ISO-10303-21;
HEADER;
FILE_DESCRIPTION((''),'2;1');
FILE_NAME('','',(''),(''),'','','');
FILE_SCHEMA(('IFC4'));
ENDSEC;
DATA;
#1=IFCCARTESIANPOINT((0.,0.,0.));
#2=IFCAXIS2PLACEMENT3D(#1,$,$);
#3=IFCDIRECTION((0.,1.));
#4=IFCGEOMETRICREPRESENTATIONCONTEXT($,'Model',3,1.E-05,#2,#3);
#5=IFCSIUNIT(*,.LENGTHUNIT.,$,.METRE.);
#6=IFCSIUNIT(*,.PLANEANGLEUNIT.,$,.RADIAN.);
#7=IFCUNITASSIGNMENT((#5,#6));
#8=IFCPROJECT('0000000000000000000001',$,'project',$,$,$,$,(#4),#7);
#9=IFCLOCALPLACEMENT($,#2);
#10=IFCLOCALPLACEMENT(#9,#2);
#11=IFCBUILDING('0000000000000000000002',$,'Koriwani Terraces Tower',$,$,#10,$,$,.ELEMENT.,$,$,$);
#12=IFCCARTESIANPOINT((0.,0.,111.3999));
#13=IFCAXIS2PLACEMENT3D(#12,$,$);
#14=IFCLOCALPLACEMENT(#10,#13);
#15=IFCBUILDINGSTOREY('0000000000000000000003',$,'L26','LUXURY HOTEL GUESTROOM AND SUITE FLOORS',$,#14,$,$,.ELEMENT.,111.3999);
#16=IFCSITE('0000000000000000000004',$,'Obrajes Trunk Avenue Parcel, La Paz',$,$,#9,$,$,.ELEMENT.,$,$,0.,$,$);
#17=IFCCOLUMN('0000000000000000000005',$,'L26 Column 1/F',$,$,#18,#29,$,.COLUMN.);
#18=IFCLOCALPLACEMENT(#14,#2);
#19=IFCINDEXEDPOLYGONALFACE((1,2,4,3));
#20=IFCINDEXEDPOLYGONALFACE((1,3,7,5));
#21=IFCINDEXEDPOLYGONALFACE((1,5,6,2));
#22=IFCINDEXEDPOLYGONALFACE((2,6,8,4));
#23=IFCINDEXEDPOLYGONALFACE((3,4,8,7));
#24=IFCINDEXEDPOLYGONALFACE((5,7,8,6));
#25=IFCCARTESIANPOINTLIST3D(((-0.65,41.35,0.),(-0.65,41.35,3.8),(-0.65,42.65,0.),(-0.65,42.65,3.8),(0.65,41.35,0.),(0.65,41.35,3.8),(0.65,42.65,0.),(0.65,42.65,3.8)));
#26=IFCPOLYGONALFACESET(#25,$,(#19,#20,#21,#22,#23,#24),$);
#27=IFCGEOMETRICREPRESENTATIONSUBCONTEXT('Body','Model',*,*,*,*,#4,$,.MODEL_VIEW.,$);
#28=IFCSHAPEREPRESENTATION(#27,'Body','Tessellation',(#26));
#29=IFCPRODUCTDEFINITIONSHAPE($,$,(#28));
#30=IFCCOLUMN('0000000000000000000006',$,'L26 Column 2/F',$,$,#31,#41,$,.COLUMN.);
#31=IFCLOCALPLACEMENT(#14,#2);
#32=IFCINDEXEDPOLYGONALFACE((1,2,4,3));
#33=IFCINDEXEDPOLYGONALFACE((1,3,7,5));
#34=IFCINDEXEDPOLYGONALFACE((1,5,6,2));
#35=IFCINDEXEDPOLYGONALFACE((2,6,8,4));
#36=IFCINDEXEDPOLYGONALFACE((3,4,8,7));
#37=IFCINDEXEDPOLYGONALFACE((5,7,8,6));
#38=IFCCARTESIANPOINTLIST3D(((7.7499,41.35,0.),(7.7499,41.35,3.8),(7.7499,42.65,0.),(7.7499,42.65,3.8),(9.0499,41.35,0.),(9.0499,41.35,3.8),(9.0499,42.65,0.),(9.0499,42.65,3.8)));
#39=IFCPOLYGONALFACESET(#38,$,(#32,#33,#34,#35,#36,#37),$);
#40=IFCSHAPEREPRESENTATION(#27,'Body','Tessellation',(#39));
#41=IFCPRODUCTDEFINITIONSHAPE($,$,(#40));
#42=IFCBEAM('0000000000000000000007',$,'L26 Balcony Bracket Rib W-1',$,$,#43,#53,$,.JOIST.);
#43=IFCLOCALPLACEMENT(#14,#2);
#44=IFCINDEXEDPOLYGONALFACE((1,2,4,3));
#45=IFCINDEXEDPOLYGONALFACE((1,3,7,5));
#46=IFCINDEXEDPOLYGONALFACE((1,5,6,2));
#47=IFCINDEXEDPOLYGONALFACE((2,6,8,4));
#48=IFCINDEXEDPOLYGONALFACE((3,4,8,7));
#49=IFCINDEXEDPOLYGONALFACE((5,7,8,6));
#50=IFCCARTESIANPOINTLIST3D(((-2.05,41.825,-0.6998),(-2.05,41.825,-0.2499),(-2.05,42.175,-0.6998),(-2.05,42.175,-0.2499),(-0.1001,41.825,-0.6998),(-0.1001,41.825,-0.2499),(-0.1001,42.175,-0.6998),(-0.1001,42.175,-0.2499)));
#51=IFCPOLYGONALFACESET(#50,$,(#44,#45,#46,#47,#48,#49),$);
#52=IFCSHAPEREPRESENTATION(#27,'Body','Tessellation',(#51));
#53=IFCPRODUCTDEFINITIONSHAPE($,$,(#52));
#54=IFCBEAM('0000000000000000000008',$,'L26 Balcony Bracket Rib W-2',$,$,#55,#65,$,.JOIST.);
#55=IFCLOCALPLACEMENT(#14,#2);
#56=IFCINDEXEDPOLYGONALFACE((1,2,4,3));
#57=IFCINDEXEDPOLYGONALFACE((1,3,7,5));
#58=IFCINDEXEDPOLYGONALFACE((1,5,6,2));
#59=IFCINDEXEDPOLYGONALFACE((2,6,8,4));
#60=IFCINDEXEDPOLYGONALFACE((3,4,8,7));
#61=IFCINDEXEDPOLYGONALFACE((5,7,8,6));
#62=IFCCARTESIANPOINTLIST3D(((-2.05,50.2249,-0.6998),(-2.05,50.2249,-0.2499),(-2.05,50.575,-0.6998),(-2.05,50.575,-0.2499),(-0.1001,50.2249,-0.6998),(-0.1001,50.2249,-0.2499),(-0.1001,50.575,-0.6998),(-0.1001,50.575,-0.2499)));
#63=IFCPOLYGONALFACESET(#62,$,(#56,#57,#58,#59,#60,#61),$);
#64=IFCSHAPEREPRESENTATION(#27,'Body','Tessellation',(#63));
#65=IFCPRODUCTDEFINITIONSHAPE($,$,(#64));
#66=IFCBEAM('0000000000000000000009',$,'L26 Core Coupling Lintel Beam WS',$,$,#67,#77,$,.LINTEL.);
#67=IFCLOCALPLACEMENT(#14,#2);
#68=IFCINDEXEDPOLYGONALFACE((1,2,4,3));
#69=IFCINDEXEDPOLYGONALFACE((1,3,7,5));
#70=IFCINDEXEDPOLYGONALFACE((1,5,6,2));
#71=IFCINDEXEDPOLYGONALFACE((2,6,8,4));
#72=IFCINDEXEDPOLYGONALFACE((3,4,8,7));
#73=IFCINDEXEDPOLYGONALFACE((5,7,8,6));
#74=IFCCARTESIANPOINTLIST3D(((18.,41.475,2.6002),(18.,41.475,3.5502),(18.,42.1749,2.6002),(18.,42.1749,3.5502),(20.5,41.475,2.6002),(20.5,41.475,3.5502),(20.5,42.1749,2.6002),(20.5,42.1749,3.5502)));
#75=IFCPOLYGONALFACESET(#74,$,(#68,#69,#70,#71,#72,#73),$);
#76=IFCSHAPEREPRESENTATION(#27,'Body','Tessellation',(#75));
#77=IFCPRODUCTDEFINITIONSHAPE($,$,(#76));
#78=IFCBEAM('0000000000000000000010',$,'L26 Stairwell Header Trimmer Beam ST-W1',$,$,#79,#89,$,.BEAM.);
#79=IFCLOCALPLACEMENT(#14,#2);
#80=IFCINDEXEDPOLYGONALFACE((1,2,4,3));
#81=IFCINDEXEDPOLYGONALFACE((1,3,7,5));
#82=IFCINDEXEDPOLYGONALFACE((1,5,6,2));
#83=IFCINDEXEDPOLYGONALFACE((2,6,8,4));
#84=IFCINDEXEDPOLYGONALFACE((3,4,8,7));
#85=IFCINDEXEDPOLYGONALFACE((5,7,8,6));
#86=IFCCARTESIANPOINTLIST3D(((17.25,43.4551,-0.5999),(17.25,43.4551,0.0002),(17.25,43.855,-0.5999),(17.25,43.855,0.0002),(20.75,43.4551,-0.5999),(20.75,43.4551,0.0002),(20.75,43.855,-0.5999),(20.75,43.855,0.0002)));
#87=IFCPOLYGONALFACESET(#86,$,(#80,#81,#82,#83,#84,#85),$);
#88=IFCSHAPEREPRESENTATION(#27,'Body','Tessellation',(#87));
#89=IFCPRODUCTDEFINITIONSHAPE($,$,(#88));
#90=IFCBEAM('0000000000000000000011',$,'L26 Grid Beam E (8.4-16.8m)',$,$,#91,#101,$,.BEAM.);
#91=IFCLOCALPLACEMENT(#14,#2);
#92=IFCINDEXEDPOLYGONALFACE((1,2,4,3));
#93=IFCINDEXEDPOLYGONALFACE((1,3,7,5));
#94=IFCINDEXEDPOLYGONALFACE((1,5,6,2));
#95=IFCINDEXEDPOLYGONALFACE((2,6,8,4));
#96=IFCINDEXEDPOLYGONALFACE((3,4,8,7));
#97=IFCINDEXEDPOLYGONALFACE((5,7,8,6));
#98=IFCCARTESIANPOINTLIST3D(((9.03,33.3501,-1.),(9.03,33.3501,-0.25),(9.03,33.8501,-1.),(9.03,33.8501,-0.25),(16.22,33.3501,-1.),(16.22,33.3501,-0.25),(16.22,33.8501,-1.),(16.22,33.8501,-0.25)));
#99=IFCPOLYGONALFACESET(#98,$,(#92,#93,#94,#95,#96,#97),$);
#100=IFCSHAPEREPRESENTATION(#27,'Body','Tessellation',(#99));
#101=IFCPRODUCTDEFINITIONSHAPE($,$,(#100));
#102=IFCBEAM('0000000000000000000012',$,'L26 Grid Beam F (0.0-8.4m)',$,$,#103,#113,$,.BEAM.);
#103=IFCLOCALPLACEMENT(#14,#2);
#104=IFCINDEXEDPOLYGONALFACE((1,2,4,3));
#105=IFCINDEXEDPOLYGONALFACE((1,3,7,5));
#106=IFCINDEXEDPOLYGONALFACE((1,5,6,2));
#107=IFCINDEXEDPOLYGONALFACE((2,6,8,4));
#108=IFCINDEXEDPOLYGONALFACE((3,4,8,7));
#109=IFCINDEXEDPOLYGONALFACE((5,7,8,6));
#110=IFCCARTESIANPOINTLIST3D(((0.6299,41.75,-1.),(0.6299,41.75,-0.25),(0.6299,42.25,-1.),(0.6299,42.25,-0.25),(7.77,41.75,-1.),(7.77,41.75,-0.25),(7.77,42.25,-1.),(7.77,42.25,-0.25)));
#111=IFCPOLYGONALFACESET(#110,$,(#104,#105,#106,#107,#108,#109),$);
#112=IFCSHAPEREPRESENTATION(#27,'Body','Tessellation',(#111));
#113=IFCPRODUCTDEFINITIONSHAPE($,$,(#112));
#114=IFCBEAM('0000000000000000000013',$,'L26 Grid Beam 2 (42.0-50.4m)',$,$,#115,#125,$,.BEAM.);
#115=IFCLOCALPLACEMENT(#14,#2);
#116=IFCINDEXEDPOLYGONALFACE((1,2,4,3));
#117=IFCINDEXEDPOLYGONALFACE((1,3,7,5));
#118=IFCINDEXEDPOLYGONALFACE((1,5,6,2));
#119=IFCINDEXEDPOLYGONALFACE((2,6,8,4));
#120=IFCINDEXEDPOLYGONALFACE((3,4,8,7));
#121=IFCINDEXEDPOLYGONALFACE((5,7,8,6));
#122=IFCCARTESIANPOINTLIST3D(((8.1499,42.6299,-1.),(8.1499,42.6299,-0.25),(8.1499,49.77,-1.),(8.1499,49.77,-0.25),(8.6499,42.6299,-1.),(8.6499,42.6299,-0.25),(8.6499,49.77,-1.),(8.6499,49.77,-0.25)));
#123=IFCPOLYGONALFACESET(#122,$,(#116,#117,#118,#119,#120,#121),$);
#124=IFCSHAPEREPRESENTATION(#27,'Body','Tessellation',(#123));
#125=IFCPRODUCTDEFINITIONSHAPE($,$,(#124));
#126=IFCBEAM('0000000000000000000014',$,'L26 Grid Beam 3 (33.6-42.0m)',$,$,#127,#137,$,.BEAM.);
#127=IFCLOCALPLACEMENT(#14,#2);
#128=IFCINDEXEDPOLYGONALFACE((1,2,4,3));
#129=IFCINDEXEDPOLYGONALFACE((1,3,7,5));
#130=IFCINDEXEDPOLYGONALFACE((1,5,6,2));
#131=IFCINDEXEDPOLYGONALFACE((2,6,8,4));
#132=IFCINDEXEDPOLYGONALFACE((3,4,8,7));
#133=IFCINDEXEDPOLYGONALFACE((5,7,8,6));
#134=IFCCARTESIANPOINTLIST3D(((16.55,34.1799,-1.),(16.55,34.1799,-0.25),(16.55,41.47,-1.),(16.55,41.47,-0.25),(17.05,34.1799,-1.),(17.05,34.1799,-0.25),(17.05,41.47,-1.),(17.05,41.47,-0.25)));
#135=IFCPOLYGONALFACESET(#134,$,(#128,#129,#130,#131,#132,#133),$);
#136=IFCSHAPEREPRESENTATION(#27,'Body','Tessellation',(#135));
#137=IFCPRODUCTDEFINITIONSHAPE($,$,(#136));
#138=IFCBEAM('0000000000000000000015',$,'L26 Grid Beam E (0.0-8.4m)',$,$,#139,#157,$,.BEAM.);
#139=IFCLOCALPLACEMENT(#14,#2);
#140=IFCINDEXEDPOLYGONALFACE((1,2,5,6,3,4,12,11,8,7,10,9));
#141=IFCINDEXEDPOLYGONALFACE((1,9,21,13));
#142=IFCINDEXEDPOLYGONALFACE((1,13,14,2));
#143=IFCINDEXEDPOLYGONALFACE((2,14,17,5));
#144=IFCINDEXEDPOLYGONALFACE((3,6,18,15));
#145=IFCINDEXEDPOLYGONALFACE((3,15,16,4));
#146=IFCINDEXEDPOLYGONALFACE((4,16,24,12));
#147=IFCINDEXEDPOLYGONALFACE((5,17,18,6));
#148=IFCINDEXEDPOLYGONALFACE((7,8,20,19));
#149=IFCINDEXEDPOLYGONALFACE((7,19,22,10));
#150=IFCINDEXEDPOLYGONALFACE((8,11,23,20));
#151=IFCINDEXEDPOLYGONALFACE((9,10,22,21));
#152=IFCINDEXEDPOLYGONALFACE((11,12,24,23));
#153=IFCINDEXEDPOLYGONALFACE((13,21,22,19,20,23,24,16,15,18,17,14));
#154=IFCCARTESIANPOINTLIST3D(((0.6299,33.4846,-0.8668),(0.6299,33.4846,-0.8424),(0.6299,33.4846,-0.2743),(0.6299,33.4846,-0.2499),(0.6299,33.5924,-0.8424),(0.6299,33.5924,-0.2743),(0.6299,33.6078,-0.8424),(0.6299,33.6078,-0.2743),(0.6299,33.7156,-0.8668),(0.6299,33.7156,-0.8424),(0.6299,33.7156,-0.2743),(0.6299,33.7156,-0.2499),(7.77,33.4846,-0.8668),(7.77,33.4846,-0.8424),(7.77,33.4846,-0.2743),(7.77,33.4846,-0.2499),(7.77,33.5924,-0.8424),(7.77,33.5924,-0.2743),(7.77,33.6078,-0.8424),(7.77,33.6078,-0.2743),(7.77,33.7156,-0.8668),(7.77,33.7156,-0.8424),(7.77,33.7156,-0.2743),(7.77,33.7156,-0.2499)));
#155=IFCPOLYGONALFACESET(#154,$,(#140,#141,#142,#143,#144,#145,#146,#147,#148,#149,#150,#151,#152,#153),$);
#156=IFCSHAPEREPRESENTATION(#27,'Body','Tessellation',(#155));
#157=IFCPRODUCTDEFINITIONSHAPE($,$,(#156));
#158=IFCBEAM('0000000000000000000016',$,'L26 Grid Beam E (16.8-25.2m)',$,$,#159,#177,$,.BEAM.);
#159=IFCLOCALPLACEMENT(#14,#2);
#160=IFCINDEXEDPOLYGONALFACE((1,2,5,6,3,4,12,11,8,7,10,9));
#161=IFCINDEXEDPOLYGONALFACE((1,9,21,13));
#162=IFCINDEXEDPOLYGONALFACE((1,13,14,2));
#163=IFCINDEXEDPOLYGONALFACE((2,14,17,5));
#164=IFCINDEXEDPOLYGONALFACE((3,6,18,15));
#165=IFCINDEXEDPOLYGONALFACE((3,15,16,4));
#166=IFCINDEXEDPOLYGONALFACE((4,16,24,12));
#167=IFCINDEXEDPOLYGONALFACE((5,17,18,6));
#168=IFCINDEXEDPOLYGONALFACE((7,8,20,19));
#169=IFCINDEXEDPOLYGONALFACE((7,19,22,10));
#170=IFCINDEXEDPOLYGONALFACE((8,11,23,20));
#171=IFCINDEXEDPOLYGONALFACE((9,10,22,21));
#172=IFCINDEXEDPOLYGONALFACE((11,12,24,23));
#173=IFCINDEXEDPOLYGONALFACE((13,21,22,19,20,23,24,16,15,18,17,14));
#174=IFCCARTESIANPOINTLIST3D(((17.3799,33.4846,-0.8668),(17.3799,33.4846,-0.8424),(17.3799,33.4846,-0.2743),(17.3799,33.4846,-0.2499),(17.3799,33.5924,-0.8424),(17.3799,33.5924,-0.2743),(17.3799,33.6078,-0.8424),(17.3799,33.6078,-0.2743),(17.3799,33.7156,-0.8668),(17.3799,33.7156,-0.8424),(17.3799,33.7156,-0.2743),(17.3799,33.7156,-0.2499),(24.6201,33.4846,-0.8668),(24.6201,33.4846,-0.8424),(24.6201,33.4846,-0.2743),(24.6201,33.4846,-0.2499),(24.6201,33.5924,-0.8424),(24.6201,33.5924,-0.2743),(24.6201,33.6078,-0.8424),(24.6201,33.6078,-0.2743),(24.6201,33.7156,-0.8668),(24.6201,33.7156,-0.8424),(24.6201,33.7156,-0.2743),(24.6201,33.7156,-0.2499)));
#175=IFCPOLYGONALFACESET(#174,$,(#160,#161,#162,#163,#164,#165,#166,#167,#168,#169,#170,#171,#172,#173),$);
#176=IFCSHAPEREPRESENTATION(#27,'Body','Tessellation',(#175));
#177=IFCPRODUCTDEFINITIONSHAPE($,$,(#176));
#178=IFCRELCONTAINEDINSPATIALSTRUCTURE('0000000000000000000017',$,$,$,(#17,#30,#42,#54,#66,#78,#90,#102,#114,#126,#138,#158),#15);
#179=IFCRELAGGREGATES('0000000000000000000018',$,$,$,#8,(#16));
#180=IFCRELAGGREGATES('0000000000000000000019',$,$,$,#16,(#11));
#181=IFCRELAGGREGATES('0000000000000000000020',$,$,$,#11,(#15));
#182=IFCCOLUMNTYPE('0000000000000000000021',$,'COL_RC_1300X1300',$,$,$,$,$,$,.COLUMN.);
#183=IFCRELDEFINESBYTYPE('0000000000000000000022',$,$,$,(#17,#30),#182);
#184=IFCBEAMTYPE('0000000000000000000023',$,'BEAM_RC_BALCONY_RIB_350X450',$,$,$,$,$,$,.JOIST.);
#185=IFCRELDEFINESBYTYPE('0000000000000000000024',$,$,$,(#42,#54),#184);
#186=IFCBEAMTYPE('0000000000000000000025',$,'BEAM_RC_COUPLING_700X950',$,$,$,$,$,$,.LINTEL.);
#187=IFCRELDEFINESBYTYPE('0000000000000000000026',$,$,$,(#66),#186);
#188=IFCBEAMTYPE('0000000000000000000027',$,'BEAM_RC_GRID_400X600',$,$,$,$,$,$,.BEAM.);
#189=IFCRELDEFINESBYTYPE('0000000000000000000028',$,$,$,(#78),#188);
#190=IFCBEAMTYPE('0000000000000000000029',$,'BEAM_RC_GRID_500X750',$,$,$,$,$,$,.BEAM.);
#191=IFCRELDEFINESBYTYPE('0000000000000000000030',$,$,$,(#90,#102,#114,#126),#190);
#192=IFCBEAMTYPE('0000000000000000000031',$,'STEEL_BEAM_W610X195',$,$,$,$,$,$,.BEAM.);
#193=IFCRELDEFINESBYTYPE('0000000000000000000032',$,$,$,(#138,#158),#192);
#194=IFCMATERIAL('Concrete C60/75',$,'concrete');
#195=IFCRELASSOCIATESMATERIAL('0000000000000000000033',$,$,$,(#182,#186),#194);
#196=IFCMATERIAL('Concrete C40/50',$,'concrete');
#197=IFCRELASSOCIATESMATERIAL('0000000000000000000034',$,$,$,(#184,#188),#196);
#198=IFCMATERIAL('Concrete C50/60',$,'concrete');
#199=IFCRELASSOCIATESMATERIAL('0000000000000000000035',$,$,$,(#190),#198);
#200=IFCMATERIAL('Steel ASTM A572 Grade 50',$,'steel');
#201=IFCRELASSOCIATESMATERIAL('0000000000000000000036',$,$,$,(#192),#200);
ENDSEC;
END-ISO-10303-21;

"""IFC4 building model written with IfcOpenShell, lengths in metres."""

from ifc_helpers import new_model, si_unit, direction, frame, origin, origin_2d, place, context, subcontext, project, spatial, rectangle, i_section, extrude, material, material_profile, profile_set, type_object, element, save


model = new_model("IFC4")

# Units and contexts
model_context = context("Model", 3, precision=1e-05, world=origin(), true_north=direction((0.0, 1.0)))
body_context = subcontext(model_context, "Body", "Model", "MODEL_VIEW")
ifc_project = project(units=[si_unit("LENGTHUNIT", "METRE"), si_unit("PLANEANGLEUNIT", "RADIAN")], contexts=[model_context])

# Site, building, storey
site_placement = place(None, origin())
site = spatial("IfcSite", under=ifc_project, at=site_placement, Name="Obrajes Trunk Avenue Parcel, La Paz", CompositionType="ELEMENT", RefElevation=0.0)
building_placement = place(site_placement, origin())
building = spatial("IfcBuilding", under=site, at=building_placement, Name="Koriwani Terraces Tower", CompositionType="ELEMENT")
storey_placement = place(building_placement, frame((0.0, 0.0, 111.3999)))
storey = spatial("IfcBuildingStorey", under=building, at=storey_placement, Name="L26", Description="LUXURY HOTEL GUESTROOM AND SUITE FLOORS", CompositionType="ELEMENT", Elevation=111.3999)

# Columns
ifc_material_1 = material(Name="Concrete C60/75", Category="concrete")
ifc_material_profile_1 = material_profile(ifc_material_1, rectangle(XDim=1.3, YDim=1.3, at=origin_2d()), Name="Concrete C60/75", Category="LoadBearing")
ifc_profile_set_1 = profile_set([ifc_material_profile_1], Name="Concrete C60/75")
column_type = type_object("IfcColumnType", Name="COL_RC_1300X1300", PredefinedType="COLUMN", material=ifc_profile_set_1)
for number, where, z_axis, x_axis, name in (
    (1, (0.0, 42.0, 0.0), (0.0, 0.0, 1.0), (1.0, 0.0, 0.0), "L26 Column 1/F"),
    (2, (8.3999, 42.0, 0.0), (0.0, 0.0, 1.0), (1.0, 0.0, 0.0), "L26 Column 2/F"),
):
    element("IfcColumn", number, at=place(storey_placement, frame(where, z_axis=z_axis, x_axis=x_axis)), inside=storey, type_object=column_type, Name=name, PredefinedType="COLUMN", context=body_context, shape_type="SweptSolid", body=[
        extrude(rectangle(XDim=1.3, YDim=1.3, at=origin_2d()), origin(), (0.0, 0.0, 1.0), 3.8),
    ])

# Beams
ifc_material_2 = material(Name="Concrete C40/50", Category="concrete")
ifc_material_profile_2 = material_profile(ifc_material_2, rectangle(XDim=0.3501, YDim=0.45, at=origin_2d()), Name="Concrete C40/50", Category="LoadBearing")
ifc_profile_set_2 = profile_set([ifc_material_profile_2], Name="Concrete C40/50")
beam_type_1 = type_object("IfcBeamType", Name="BEAM_RC_BALCONY_RIB_350X450", PredefinedType="JOIST", material=ifc_profile_set_2)
for number, where, z_axis, x_axis, name in (
    (3, (-2.05, 42.0, -0.4749), (1.0, 0.0, 0.0), (0.0, 1.0, 0.0), "L26 Balcony Bracket Rib W-1"),
    (4, (-2.05, 50.3999, -0.4749), (1.0, 0.0, 0.0), (0.0, 1.0, 0.0), "L26 Balcony Bracket Rib W-2"),
):
    element("IfcBeam", number, at=place(storey_placement, frame(where, z_axis=z_axis, x_axis=x_axis)), inside=storey, type_object=beam_type_1, Name=name, PredefinedType="JOIST", context=body_context, shape_type="SweptSolid", body=[
        extrude(rectangle(XDim=0.3501, YDim=0.45, at=origin_2d()), origin(), (0.0, 0.0, 1.0), 1.95),
    ])
ifc_material_profile_3 = material_profile(ifc_material_1, rectangle(XDim=0.7, YDim=0.95, at=origin_2d()), Name="Concrete C60/75", Category="LoadBearing")
ifc_profile_set_3 = profile_set([ifc_material_profile_3], Name="Concrete C60/75")
beam_type_2 = type_object("IfcBeamType", Name="BEAM_RC_COUPLING_700X950", PredefinedType="LINTEL", material=ifc_profile_set_3)
beam_1_placement = place(storey_placement, frame((18.0, 41.825, 3.0752), z_axis=(1.0, 0.0, 0.0), x_axis=(0.0, 1.0, 0.0)))
element("IfcBeam", 5, at=beam_1_placement, inside=storey, type_object=beam_type_2, Name="L26 Core Coupling Lintel Beam WS", PredefinedType="LINTEL", context=body_context, shape_type="SweptSolid", body=[
    extrude(rectangle(XDim=0.7, YDim=0.95, at=origin_2d()), origin(), (0.0, 0.0, 1.0), 2.5),
])
ifc_material_profile_4 = material_profile(ifc_material_2, rectangle(XDim=0.3999, YDim=0.6001, at=origin_2d()), Name="Concrete C40/50", Category="LoadBearing")
ifc_profile_set_4 = profile_set([ifc_material_profile_4], Name="Concrete C40/50")
beam_type_3 = type_object("IfcBeamType", Name="BEAM_RC_GRID_400X600", PredefinedType="BEAM", material=ifc_profile_set_4)
beam_2_placement = place(storey_placement, frame((17.25, 43.655, -0.2998), z_axis=(1.0, 0.0, 0.0), x_axis=(0.0, 1.0, 0.0)))
element("IfcBeam", 6, at=beam_2_placement, inside=storey, type_object=beam_type_3, Name="L26 Stairwell Header Trimmer Beam ST-W1", PredefinedType="BEAM", context=body_context, shape_type="SweptSolid", body=[
    extrude(rectangle(XDim=0.3999, YDim=0.6001, at=origin_2d()), origin(), (0.0, 0.0, 1.0), 3.5),
])
ifc_material_3 = material(Name="Concrete C50/60", Category="concrete")
ifc_material_profile_5 = material_profile(ifc_material_3, rectangle(XDim=0.5, YDim=0.75, at=origin_2d()), Name="Concrete C50/60", Category="LoadBearing")
ifc_profile_set_5 = profile_set([ifc_material_profile_5], Name="Concrete C50/60")
beam_type_4 = type_object("IfcBeamType", Name="BEAM_RC_GRID_500X750", PredefinedType="BEAM", material=ifc_profile_set_5)
beam_3_placement = place(storey_placement, frame((9.03, 33.6001, -0.625), z_axis=(1.0, 0.0, 0.0), x_axis=(0.0, 1.0, 0.0)))
element("IfcBeam", 7, at=beam_3_placement, inside=storey, type_object=beam_type_4, Name="L26 Grid Beam E (8.4-16.8m)", PredefinedType="BEAM", context=body_context, shape_type="SweptSolid", body=[
    extrude(rectangle(XDim=0.5, YDim=0.75, at=origin_2d()), origin(), (0.0, 0.0, 1.0), 7.1899),
])
for number, where, z_axis, x_axis, name in (
    (8, (0.6299, 42.0, -0.625), (1.0, 0.0, 0.0), (0.0, 1.0, 0.0), "L26 Grid Beam F (0.0-8.4m)"),
    (9, (8.3999, 42.6299, -0.625), (0.0, 1.0, 0.0), (-1.0, 0.0, 0.0), "L26 Grid Beam 2 (42.0-50.4m)"),
):
    element("IfcBeam", number, at=place(storey_placement, frame(where, z_axis=z_axis, x_axis=x_axis)), inside=storey, type_object=beam_type_4, Name=name, PredefinedType="BEAM", context=body_context, shape_type="SweptSolid", body=[
        extrude(rectangle(XDim=0.5, YDim=0.75, at=origin_2d()), origin(), (0.0, 0.0, 1.0), 7.1401),
    ])
beam_4_placement = place(storey_placement, frame((16.8, 34.1799, -0.625), z_axis=(0.0, 1.0, 0.0), x_axis=(-1.0, 0.0, 0.0)))
element("IfcBeam", 10, at=beam_4_placement, inside=storey, type_object=beam_type_4, Name="L26 Grid Beam 3 (33.6-42.0m)", PredefinedType="BEAM", context=body_context, shape_type="SweptSolid", body=[
    extrude(rectangle(XDim=0.5, YDim=0.75, at=origin_2d()), origin(), (0.0, 0.0, 1.0), 7.29),
])
ifc_material_4 = material(Name="Steel ASTM A572 Grade 50", Category="steel")
ifc_material_profile_6 = material_profile(ifc_material_4, i_section(OverallWidth=0.231, OverallDepth=0.6169, WebThickness=0.0154, FlangeThickness=0.0244, at=origin_2d()), Name="Steel ASTM A572 Grade 50", Category="LoadBearing")
ifc_profile_set_6 = profile_set([ifc_material_profile_6], Name="Steel ASTM A572 Grade 50")
beam_type_5 = type_object("IfcBeamType", Name="STEEL_BEAM_W610X195", PredefinedType="BEAM", material=ifc_profile_set_6)
beam_5_placement = place(storey_placement, frame((0.6299, 33.6001, -0.5583), z_axis=(1.0, 0.0, 0.0), x_axis=(0.0, 1.0, 0.0)))
element("IfcBeam", 11, at=beam_5_placement, inside=storey, type_object=beam_type_5, Name="L26 Grid Beam E (0.0-8.4m)", PredefinedType="BEAM", context=body_context, shape_type="SweptSolid", body=[
    extrude(i_section(OverallWidth=0.231, OverallDepth=0.6169, WebThickness=0.0154, FlangeThickness=0.0244, at=origin_2d()), origin(), (0.0, 0.0, 1.0), 7.1401),
])
beam_6_placement = place(storey_placement, frame((17.3799, 33.6001, -0.5583), z_axis=(1.0, 0.0, 0.0), x_axis=(0.0, 1.0, 0.0)))
element("IfcBeam", 12, at=beam_6_placement, inside=storey, type_object=beam_type_5, Name="L26 Grid Beam E (16.8-25.2m)", PredefinedType="BEAM", context=body_context, shape_type="SweptSolid", body=[
    extrude(i_section(OverallWidth=0.231, OverallDepth=0.6169, WebThickness=0.0154, FlangeThickness=0.0244, at=origin_2d()), origin(), (0.0, 0.0, 1.0), 7.2402),
])

save(model, "model.ifc")
